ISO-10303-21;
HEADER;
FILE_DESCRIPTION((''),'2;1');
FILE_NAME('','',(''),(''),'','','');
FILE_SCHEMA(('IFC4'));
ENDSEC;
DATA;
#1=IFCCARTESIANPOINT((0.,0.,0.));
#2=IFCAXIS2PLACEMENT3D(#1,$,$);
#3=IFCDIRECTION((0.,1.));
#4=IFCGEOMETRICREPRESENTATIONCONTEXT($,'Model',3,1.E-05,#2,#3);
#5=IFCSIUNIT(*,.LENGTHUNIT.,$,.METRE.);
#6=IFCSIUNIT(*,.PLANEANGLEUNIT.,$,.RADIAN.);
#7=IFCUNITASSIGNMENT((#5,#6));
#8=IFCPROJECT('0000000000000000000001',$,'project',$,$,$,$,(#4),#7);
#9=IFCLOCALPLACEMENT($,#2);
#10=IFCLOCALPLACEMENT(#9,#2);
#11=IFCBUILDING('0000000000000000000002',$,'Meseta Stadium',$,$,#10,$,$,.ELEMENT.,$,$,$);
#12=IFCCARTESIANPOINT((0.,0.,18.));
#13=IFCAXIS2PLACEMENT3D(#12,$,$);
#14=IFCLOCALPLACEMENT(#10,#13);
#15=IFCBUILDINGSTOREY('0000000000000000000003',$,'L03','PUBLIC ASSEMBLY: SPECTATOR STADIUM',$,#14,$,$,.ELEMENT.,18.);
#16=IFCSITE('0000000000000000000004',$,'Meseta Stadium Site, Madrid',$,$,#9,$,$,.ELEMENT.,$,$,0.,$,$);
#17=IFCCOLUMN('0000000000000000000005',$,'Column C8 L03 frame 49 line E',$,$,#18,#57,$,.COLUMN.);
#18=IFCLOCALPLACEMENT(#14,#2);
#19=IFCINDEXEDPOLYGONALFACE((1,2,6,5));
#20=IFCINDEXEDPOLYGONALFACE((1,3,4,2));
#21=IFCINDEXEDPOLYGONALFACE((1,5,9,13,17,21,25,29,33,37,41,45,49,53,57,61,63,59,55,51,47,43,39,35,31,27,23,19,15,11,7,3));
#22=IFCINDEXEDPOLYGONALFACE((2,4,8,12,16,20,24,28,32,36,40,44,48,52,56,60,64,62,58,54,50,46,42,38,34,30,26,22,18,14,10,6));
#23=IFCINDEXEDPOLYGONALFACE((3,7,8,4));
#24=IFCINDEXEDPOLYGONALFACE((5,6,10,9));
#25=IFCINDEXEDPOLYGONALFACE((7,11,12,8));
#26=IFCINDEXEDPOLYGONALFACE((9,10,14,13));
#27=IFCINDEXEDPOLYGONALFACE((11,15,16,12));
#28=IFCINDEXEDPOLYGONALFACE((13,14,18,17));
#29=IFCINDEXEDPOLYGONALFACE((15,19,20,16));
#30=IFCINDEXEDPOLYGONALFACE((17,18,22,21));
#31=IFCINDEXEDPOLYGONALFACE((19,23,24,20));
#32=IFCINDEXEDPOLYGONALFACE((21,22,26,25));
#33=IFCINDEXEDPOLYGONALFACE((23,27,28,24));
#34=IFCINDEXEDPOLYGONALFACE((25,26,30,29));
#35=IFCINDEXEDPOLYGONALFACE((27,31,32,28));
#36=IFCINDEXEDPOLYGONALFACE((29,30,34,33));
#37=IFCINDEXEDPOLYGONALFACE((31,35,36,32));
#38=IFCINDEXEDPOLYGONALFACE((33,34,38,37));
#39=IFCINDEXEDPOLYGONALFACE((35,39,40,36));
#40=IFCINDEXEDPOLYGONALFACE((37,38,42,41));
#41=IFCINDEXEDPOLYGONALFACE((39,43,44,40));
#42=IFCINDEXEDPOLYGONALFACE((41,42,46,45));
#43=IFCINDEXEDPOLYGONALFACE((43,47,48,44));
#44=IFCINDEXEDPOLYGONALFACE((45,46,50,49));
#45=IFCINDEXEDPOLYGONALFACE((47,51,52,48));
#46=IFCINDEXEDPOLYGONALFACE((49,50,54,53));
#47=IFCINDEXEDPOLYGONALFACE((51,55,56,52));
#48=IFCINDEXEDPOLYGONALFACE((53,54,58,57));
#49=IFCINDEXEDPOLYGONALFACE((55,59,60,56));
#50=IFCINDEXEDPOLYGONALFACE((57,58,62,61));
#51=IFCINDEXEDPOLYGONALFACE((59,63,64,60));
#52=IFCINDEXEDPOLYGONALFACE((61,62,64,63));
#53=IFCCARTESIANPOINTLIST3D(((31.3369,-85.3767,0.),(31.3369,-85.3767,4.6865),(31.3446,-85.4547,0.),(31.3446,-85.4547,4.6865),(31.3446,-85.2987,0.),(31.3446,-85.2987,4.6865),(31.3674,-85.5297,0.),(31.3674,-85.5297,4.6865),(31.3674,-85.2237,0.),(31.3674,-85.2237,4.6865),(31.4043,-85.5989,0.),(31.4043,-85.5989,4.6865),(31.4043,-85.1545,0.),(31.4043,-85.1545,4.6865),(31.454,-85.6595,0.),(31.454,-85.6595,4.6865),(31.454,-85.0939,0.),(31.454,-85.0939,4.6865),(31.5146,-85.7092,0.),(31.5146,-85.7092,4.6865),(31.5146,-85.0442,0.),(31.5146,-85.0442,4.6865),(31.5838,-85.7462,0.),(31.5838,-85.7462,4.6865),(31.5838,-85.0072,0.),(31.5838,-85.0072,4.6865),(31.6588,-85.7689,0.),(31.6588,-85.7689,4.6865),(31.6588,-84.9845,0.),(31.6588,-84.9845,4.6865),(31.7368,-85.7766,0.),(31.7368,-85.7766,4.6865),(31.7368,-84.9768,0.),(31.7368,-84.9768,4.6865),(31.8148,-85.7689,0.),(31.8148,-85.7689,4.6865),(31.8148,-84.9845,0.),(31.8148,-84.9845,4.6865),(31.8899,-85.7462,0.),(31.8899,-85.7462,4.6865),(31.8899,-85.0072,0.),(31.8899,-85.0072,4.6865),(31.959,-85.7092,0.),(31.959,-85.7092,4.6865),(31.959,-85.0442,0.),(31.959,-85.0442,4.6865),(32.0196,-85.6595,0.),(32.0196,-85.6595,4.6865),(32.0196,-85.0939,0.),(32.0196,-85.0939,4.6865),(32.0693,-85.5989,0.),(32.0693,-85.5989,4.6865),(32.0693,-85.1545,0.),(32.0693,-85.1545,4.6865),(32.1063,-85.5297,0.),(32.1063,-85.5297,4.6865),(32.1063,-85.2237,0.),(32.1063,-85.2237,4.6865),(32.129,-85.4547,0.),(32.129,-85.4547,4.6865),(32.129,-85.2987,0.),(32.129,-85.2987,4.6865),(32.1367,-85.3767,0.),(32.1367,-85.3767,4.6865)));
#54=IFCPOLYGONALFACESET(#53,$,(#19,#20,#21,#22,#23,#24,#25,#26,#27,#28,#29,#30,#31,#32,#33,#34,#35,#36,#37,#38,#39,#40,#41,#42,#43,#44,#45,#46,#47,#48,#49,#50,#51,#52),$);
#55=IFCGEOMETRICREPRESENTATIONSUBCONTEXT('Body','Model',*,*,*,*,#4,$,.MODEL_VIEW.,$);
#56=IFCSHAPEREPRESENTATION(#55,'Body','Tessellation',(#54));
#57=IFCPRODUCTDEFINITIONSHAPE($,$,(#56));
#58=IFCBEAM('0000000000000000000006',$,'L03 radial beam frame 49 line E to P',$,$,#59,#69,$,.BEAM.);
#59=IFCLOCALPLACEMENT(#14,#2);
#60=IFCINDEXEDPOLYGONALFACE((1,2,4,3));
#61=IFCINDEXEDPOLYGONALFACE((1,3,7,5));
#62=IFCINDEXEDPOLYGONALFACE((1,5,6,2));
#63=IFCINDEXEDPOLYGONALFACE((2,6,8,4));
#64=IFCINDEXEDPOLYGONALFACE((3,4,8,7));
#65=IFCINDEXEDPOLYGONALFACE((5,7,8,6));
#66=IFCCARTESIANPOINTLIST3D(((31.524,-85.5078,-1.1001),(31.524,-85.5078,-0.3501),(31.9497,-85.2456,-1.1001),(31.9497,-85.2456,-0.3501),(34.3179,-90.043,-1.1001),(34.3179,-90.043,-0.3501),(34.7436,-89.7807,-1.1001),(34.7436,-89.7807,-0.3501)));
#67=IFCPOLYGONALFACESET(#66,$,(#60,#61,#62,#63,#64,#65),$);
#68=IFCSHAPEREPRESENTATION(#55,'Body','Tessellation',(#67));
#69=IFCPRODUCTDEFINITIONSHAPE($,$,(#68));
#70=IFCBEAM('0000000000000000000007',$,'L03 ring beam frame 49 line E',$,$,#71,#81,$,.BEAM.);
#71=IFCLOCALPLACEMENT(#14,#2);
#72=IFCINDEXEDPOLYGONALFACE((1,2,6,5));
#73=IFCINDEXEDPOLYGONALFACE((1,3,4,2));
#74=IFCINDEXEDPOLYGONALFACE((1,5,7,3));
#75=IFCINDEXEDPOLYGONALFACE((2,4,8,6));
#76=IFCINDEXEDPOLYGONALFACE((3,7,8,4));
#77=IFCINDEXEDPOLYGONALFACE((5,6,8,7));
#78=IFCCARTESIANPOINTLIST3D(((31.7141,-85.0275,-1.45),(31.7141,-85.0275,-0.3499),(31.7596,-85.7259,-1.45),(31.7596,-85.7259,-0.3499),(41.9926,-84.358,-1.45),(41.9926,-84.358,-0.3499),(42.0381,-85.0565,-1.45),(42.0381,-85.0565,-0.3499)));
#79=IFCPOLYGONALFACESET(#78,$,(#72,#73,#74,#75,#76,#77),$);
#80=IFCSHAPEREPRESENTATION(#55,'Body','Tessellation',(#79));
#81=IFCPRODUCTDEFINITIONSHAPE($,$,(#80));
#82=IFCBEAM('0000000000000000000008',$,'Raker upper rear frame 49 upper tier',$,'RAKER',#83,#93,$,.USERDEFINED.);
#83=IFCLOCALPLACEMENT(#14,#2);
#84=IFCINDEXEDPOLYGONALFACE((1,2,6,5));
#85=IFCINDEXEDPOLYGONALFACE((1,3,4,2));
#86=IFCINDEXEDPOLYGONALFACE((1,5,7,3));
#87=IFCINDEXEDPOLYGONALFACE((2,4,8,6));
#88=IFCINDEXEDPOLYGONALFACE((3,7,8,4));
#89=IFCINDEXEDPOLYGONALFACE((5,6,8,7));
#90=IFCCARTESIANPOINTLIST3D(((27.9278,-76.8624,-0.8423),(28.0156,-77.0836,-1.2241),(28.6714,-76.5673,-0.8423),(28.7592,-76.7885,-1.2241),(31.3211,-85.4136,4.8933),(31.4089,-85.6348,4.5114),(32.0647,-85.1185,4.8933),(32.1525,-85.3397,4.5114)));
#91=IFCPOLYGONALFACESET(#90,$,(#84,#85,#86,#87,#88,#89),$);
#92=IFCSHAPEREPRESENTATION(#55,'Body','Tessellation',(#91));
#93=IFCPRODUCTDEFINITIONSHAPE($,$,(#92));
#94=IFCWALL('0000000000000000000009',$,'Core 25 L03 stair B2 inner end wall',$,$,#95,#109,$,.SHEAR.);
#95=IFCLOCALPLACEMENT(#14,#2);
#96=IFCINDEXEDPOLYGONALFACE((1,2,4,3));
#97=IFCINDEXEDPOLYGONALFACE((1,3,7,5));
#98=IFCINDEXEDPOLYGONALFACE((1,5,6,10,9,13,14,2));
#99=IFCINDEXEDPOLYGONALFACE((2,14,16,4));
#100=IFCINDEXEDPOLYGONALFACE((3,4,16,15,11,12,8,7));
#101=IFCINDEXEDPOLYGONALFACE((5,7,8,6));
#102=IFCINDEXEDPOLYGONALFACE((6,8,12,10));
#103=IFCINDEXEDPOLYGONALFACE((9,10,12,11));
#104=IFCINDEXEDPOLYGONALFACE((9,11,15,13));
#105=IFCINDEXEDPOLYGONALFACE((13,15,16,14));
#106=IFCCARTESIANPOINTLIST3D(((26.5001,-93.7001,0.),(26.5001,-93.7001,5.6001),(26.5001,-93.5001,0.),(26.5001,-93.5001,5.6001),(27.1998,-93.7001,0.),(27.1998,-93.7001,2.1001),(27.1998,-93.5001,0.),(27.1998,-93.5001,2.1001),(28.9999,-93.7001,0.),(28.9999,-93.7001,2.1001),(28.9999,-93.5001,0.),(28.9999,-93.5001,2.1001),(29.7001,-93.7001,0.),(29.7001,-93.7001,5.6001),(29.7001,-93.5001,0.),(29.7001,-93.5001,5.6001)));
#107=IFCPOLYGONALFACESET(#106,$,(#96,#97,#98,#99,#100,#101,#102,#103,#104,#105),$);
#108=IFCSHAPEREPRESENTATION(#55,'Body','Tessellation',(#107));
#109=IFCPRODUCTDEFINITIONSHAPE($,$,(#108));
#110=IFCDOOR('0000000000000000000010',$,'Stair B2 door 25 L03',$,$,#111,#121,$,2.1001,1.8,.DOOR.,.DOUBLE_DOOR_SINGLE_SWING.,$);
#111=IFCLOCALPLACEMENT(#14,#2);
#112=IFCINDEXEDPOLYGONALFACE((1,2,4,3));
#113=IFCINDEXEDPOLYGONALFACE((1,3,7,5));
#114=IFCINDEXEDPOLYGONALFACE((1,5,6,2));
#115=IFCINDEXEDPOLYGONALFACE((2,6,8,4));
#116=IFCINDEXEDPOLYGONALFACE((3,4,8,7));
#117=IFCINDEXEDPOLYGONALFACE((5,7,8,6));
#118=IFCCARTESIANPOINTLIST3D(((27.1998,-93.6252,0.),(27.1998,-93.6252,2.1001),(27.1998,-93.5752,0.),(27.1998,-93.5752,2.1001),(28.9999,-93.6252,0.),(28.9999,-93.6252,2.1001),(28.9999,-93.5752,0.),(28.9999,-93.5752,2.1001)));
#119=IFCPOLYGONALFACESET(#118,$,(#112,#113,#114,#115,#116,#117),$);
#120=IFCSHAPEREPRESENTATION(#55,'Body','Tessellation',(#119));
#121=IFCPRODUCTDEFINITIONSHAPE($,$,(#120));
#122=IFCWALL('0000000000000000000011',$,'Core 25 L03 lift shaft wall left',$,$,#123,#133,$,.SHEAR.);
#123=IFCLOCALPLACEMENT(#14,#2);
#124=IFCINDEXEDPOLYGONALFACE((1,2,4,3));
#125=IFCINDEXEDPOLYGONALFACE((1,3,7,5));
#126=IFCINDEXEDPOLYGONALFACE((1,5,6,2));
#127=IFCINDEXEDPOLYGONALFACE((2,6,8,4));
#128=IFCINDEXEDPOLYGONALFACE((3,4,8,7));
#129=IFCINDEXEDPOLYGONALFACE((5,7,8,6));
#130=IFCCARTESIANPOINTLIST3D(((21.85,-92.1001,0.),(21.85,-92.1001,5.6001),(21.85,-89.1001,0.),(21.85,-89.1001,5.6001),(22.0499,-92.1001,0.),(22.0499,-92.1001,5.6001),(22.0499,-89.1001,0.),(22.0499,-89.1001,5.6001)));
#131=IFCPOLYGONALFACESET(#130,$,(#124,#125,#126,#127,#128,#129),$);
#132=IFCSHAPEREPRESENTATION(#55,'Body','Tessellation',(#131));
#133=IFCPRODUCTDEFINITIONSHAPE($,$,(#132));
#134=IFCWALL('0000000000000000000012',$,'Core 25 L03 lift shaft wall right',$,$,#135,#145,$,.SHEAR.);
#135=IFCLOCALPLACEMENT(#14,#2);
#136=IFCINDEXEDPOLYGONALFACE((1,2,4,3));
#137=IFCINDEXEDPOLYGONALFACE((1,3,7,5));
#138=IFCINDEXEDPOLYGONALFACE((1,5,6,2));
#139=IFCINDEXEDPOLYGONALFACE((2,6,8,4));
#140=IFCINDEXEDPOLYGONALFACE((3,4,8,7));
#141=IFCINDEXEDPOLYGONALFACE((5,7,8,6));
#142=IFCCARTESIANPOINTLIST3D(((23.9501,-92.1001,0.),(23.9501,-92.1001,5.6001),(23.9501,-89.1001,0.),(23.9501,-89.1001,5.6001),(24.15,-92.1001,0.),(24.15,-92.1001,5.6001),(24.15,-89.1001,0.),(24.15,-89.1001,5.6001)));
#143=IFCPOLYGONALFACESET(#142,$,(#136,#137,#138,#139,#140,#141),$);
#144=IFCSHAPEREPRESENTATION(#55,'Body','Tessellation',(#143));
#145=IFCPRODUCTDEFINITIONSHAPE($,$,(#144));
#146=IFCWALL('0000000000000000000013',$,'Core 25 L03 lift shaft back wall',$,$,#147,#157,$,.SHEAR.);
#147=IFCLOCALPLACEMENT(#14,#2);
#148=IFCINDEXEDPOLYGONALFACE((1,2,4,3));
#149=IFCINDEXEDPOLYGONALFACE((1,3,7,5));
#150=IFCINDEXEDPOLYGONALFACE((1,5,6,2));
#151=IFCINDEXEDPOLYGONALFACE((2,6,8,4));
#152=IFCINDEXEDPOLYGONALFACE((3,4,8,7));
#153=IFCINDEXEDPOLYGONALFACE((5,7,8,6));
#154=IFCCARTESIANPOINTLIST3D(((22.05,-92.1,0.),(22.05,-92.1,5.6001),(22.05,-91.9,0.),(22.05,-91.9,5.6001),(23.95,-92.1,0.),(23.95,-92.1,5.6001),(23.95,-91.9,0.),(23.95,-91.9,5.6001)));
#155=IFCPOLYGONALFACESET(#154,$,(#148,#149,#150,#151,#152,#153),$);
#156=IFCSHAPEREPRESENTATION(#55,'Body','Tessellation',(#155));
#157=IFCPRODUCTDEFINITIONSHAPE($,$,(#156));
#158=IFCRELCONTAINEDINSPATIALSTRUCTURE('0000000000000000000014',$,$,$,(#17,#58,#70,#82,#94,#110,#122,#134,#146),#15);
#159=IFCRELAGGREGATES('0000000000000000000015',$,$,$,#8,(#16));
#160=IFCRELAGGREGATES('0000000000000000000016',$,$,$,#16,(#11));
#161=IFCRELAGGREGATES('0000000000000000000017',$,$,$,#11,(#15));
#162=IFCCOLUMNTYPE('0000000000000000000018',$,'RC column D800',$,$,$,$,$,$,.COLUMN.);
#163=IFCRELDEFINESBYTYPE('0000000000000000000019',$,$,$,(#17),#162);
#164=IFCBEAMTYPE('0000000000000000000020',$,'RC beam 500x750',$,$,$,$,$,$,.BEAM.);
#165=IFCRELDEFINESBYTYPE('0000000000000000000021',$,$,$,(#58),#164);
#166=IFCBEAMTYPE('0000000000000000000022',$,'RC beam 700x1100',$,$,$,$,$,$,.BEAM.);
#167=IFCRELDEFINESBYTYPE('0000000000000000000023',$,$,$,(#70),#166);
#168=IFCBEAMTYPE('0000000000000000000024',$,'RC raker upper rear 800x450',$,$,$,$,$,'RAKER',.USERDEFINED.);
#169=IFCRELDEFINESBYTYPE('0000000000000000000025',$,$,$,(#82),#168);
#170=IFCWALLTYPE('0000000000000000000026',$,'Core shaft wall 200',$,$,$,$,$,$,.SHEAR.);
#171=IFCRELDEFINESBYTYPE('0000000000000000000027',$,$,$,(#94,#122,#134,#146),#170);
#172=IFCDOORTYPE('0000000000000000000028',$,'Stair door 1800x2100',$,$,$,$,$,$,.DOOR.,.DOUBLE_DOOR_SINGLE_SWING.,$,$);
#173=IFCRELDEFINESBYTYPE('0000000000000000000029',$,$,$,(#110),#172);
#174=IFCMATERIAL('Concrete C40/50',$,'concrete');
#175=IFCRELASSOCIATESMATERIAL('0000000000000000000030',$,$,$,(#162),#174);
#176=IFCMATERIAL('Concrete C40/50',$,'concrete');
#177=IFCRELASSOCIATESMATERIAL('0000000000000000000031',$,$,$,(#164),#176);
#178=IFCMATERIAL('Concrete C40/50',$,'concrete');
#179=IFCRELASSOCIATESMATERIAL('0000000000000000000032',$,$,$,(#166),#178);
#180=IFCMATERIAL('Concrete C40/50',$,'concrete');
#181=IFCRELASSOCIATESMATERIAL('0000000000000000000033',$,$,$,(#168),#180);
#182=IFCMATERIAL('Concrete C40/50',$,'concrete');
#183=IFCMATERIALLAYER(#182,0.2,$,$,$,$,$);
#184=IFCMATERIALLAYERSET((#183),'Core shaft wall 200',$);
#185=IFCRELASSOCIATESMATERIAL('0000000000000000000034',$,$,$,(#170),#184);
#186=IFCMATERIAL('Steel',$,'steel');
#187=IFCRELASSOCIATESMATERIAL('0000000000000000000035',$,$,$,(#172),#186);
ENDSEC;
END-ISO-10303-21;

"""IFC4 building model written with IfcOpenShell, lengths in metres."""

from ifc_helpers import new_model, si_unit, direction, frame, frame_2d, origin, origin_2d, place, context, subcontext, project, spatial, rectangle, circle, extrude, material, layer, layer_set, material_profile, profile_set, type_object, element, fill, save


model = new_model("IFC4")

# Units and contexts
model_context = context("Model", 3, precision=1e-05, world=origin(), true_north=direction((0.0, 1.0)))
body_context = subcontext(model_context, "Body", "Model", "MODEL_VIEW")
ifc_project = project(units=[si_unit("LENGTHUNIT", "METRE"), si_unit("PLANEANGLEUNIT", "RADIAN")], contexts=[model_context])

# Site, building, storey
site_placement = place(None, origin())
site = spatial("IfcSite", under=ifc_project, at=site_placement, Name="Meseta Stadium Site, Madrid", CompositionType="ELEMENT", RefElevation=0.0)
building_placement = place(site_placement, origin())
building = spatial("IfcBuilding", under=site, at=building_placement, Name="Meseta Stadium", CompositionType="ELEMENT")
storey_placement = place(building_placement, frame((0.0, 0.0, 18.0)))
storey = spatial("IfcBuildingStorey", under=building, at=storey_placement, Name="L03", Description="PUBLIC ASSEMBLY: SPECTATOR STADIUM", CompositionType="ELEMENT", Elevation=18.0)

# Column
ifc_material_1 = material(Name="Concrete C40/50", Category="concrete")
ifc_material_profile_1 = material_profile(ifc_material_1, circle(Radius=0.3999, at=origin_2d()), Name="RC D800")
ifc_profile_set_1 = profile_set([ifc_material_profile_1], Name="Concrete C40/50")
column_type = type_object("IfcColumnType", Name="RC column D800", PredefinedType="COLUMN", material=ifc_profile_set_1)
column_placement = place(storey_placement, frame((31.7368, -85.3767, 0.0), z_axis=(0.0, 0.0, 1.0), x_axis=(1.0, 0.0, 0.0)))
element("IfcColumn", 1, at=column_placement, inside=storey, type_object=column_type, Name="Column C8 L03 frame 49 line E", PredefinedType="COLUMN", context=body_context, shape_type="SweptSolid", body=[
    extrude(circle(Radius=0.3999, at=origin_2d()), origin(), (0.0, 0.0, 1.0), 4.6865),
])

# Beams
ifc_material_2 = material(Name="Concrete C40/50", Category="concrete")
ifc_material_profile_2 = material_profile(ifc_material_2, rectangle(XDim=0.5, YDim=0.75, at=origin_2d()), Name="RC 500x750")
ifc_profile_set_2 = profile_set([ifc_material_profile_2], Name="Concrete C40/50")
beam_type_1 = type_object("IfcBeamType", Name="RC beam 500x750", PredefinedType="BEAM", material=ifc_profile_set_2)
beam_1_placement = place(storey_placement, frame((31.7368, -85.3767, -0.7251), z_axis=(0.524517, -0.8514, 0.0), x_axis=(0.8514, 0.524517, 0.0)))
element("IfcBeam", 2, at=beam_1_placement, inside=storey, type_object=beam_type_1, Name="L03 radial beam frame 49 line E to P", PredefinedType="BEAM", context=body_context, shape_type="SweptSolid", body=[
    extrude(rectangle(XDim=0.5, YDim=0.75, at=origin_2d()), origin(), (0.0, 0.0, 1.0), 5.3267),
])
ifc_material_3 = material(Name="Concrete C40/50", Category="concrete")
ifc_material_profile_3 = material_profile(ifc_material_3, rectangle(XDim=0.7, YDim=1.1001, at=origin_2d()), Name="RC 700x1100")
ifc_profile_set_3 = profile_set([ifc_material_profile_3], Name="Concrete C40/50")
beam_type_2 = type_object("IfcBeamType", Name="RC beam 700x1100", PredefinedType="BEAM", material=ifc_profile_set_3)
beam_2_placement = place(storey_placement, frame((31.7368, -85.3767, -0.8999), z_axis=(0.997886, 0.064991, 0.0), x_axis=(-0.064991, 0.997886, 0.0)))
element("IfcBeam", 3, at=beam_2_placement, inside=storey, type_object=beam_type_2, Name="L03 ring beam frame 49 line E", PredefinedType="BEAM", context=body_context, shape_type="SweptSolid", body=[
    extrude(rectangle(XDim=0.7, YDim=1.1001, at=origin_2d()), origin(), (0.0, 0.0, 1.0), 10.3003),
])
ifc_material_4 = material(Name="Concrete C40/50", Category="concrete")
ifc_material_profile_4 = material_profile(ifc_material_4, rectangle(XDim=0.8, YDim=0.45, at=origin_2d()), Name="RC 800x450")
ifc_profile_set_4 = profile_set([ifc_material_profile_4], Name="Concrete C40/50")
beam_type_3 = type_object("IfcBeamType", Name="RC raker upper rear 800x450", ElementType="RAKER", PredefinedType="USERDEFINED", material=ifc_profile_set_4)
beam_3_placement = place(storey_placement, frame((28.3435, -76.8254, -1.0332), z_axis=(0.312996, -0.788761, 0.529046), x_axis=(0.929493, 0.368841, 0.0)))
element("IfcBeam", 4, at=beam_3_placement, inside=storey, type_object=beam_type_3, Name="Raker upper rear frame 49 upper tier", ObjectType="RAKER", PredefinedType="USERDEFINED", context=body_context, shape_type="SweptSolid", body=[
    extrude(rectangle(XDim=0.8, YDim=0.45, at=origin_2d()), origin(), (0.0, 0.0, 1.0), 10.8413),
])

# Wall, opening, door
ifc_material_5 = material(Name="Concrete C40/50", Category="concrete")
ifc_layer_1 = layer(ifc_material_5, 0.2)
ifc_layer_set_1 = layer_set([ifc_layer_1], Name="Core shaft wall 200")
wall_type_1 = type_object("IfcWallType", Name="Core shaft wall 200", PredefinedType="SHEAR", material=ifc_layer_set_1)
wall_1_placement = place(storey_placement, frame((26.5, -93.6001, 0.0), z_axis=(0.0, 0.0, 1.0), x_axis=(1.0, 0.0, 0.0)))
wall_1 = element("IfcWall", 5, at=wall_1_placement, inside=storey, type_object=wall_type_1, Name="Core 25 L03 stair B2 inner end wall", PredefinedType="SHEAR", context=body_context, shape_type="SweptSolid", body=[
    extrude(rectangle(XDim=3.2, YDim=0.2, at=frame_2d((1.6001, 0.0))), origin(), (0.0, 0.0, 1.0), 5.6001),
])
opening_1_placement = place(wall_1_placement, frame((0.7, 0.0, 0.0)))
opening_1 = element("IfcOpeningElement", 6, at=opening_1_placement, cuts=wall_1, PredefinedType="OPENING", context=body_context, shape_type="SweptSolid", body=[
    extrude(rectangle(XDim=1.8, YDim=2.1001, at=frame_2d((0.8999, 1.05))), frame((0.0, 0.1099, 0.0), z_axis=(0.0, -1.0, 0.0), x_axis=(1.0, 0.0, 0.0)), (0.0, 0.0, 1.0), 0.22),
])
ifc_material_6 = material(Name="Steel", Category="steel")
door_type_1 = type_object("IfcDoorType", Name="Stair door 1800x2100", OperationType="DOUBLE_DOOR_SINGLE_SWING", PredefinedType="DOOR", material=ifc_material_6)
door_1_placement = place(opening_1_placement, origin())
door_1 = element("IfcDoor", 7, at=door_1_placement, inside=storey, type_object=door_type_1, Name="Stair B2 door 25 L03", OperationType="DOUBLE_DOOR_SINGLE_SWING", OverallHeight=2.1001, OverallWidth=1.8, PredefinedType="DOOR", context=body_context, shape_type="SweptSolid", body=[
    extrude(rectangle(XDim=1.8, YDim=2.1001, at=frame_2d((0.8999, 1.05))), frame((0.0, 0.0249, 0.0), z_axis=(0.0, -1.0, 0.0), x_axis=(1.0, 0.0, 0.0)), (0.0, 0.0, 1.0), 0.05),
])
fill(opening_1, door_1)

# Walls
for number, where, z_axis, x_axis, name in (
    (8, (21.95, -92.1001, 0.0), (0.0, 0.0, 1.0), (0.0, 1.0, 0.0), "Core 25 L03 lift shaft wall left"),
    (9, (24.05, -92.1001, 0.0), (0.0, 0.0, 1.0), (0.0, 1.0, 0.0), "Core 25 L03 lift shaft wall right"),
):
    element("IfcWall", number, at=place(storey_placement, frame(where, z_axis=z_axis, x_axis=x_axis)), inside=storey, type_object=wall_type_1, Name=name, PredefinedType="SHEAR", context=body_context, shape_type="SweptSolid", body=[
        extrude(rectangle(XDim=3.0, YDim=0.2, at=frame_2d((1.5, 0.0))), origin(), (0.0, 0.0, 1.0), 5.6001),
    ])
wall_2_placement = place(storey_placement, frame((22.05, -92.0, 0.0), z_axis=(0.0, 0.0, 1.0), x_axis=(1.0, 0.0, 0.0)))
element("IfcWall", 10, at=wall_2_placement, inside=storey, type_object=wall_type_1, Name="Core 25 L03 lift shaft back wall", PredefinedType="SHEAR", context=body_context, shape_type="SweptSolid", body=[
    extrude(rectangle(XDim=1.8999, YDim=0.2, at=frame_2d((0.95, 0.0))), origin(), (0.0, 0.0, 1.0), 5.6001),
])

save(model, "model.ifc")
